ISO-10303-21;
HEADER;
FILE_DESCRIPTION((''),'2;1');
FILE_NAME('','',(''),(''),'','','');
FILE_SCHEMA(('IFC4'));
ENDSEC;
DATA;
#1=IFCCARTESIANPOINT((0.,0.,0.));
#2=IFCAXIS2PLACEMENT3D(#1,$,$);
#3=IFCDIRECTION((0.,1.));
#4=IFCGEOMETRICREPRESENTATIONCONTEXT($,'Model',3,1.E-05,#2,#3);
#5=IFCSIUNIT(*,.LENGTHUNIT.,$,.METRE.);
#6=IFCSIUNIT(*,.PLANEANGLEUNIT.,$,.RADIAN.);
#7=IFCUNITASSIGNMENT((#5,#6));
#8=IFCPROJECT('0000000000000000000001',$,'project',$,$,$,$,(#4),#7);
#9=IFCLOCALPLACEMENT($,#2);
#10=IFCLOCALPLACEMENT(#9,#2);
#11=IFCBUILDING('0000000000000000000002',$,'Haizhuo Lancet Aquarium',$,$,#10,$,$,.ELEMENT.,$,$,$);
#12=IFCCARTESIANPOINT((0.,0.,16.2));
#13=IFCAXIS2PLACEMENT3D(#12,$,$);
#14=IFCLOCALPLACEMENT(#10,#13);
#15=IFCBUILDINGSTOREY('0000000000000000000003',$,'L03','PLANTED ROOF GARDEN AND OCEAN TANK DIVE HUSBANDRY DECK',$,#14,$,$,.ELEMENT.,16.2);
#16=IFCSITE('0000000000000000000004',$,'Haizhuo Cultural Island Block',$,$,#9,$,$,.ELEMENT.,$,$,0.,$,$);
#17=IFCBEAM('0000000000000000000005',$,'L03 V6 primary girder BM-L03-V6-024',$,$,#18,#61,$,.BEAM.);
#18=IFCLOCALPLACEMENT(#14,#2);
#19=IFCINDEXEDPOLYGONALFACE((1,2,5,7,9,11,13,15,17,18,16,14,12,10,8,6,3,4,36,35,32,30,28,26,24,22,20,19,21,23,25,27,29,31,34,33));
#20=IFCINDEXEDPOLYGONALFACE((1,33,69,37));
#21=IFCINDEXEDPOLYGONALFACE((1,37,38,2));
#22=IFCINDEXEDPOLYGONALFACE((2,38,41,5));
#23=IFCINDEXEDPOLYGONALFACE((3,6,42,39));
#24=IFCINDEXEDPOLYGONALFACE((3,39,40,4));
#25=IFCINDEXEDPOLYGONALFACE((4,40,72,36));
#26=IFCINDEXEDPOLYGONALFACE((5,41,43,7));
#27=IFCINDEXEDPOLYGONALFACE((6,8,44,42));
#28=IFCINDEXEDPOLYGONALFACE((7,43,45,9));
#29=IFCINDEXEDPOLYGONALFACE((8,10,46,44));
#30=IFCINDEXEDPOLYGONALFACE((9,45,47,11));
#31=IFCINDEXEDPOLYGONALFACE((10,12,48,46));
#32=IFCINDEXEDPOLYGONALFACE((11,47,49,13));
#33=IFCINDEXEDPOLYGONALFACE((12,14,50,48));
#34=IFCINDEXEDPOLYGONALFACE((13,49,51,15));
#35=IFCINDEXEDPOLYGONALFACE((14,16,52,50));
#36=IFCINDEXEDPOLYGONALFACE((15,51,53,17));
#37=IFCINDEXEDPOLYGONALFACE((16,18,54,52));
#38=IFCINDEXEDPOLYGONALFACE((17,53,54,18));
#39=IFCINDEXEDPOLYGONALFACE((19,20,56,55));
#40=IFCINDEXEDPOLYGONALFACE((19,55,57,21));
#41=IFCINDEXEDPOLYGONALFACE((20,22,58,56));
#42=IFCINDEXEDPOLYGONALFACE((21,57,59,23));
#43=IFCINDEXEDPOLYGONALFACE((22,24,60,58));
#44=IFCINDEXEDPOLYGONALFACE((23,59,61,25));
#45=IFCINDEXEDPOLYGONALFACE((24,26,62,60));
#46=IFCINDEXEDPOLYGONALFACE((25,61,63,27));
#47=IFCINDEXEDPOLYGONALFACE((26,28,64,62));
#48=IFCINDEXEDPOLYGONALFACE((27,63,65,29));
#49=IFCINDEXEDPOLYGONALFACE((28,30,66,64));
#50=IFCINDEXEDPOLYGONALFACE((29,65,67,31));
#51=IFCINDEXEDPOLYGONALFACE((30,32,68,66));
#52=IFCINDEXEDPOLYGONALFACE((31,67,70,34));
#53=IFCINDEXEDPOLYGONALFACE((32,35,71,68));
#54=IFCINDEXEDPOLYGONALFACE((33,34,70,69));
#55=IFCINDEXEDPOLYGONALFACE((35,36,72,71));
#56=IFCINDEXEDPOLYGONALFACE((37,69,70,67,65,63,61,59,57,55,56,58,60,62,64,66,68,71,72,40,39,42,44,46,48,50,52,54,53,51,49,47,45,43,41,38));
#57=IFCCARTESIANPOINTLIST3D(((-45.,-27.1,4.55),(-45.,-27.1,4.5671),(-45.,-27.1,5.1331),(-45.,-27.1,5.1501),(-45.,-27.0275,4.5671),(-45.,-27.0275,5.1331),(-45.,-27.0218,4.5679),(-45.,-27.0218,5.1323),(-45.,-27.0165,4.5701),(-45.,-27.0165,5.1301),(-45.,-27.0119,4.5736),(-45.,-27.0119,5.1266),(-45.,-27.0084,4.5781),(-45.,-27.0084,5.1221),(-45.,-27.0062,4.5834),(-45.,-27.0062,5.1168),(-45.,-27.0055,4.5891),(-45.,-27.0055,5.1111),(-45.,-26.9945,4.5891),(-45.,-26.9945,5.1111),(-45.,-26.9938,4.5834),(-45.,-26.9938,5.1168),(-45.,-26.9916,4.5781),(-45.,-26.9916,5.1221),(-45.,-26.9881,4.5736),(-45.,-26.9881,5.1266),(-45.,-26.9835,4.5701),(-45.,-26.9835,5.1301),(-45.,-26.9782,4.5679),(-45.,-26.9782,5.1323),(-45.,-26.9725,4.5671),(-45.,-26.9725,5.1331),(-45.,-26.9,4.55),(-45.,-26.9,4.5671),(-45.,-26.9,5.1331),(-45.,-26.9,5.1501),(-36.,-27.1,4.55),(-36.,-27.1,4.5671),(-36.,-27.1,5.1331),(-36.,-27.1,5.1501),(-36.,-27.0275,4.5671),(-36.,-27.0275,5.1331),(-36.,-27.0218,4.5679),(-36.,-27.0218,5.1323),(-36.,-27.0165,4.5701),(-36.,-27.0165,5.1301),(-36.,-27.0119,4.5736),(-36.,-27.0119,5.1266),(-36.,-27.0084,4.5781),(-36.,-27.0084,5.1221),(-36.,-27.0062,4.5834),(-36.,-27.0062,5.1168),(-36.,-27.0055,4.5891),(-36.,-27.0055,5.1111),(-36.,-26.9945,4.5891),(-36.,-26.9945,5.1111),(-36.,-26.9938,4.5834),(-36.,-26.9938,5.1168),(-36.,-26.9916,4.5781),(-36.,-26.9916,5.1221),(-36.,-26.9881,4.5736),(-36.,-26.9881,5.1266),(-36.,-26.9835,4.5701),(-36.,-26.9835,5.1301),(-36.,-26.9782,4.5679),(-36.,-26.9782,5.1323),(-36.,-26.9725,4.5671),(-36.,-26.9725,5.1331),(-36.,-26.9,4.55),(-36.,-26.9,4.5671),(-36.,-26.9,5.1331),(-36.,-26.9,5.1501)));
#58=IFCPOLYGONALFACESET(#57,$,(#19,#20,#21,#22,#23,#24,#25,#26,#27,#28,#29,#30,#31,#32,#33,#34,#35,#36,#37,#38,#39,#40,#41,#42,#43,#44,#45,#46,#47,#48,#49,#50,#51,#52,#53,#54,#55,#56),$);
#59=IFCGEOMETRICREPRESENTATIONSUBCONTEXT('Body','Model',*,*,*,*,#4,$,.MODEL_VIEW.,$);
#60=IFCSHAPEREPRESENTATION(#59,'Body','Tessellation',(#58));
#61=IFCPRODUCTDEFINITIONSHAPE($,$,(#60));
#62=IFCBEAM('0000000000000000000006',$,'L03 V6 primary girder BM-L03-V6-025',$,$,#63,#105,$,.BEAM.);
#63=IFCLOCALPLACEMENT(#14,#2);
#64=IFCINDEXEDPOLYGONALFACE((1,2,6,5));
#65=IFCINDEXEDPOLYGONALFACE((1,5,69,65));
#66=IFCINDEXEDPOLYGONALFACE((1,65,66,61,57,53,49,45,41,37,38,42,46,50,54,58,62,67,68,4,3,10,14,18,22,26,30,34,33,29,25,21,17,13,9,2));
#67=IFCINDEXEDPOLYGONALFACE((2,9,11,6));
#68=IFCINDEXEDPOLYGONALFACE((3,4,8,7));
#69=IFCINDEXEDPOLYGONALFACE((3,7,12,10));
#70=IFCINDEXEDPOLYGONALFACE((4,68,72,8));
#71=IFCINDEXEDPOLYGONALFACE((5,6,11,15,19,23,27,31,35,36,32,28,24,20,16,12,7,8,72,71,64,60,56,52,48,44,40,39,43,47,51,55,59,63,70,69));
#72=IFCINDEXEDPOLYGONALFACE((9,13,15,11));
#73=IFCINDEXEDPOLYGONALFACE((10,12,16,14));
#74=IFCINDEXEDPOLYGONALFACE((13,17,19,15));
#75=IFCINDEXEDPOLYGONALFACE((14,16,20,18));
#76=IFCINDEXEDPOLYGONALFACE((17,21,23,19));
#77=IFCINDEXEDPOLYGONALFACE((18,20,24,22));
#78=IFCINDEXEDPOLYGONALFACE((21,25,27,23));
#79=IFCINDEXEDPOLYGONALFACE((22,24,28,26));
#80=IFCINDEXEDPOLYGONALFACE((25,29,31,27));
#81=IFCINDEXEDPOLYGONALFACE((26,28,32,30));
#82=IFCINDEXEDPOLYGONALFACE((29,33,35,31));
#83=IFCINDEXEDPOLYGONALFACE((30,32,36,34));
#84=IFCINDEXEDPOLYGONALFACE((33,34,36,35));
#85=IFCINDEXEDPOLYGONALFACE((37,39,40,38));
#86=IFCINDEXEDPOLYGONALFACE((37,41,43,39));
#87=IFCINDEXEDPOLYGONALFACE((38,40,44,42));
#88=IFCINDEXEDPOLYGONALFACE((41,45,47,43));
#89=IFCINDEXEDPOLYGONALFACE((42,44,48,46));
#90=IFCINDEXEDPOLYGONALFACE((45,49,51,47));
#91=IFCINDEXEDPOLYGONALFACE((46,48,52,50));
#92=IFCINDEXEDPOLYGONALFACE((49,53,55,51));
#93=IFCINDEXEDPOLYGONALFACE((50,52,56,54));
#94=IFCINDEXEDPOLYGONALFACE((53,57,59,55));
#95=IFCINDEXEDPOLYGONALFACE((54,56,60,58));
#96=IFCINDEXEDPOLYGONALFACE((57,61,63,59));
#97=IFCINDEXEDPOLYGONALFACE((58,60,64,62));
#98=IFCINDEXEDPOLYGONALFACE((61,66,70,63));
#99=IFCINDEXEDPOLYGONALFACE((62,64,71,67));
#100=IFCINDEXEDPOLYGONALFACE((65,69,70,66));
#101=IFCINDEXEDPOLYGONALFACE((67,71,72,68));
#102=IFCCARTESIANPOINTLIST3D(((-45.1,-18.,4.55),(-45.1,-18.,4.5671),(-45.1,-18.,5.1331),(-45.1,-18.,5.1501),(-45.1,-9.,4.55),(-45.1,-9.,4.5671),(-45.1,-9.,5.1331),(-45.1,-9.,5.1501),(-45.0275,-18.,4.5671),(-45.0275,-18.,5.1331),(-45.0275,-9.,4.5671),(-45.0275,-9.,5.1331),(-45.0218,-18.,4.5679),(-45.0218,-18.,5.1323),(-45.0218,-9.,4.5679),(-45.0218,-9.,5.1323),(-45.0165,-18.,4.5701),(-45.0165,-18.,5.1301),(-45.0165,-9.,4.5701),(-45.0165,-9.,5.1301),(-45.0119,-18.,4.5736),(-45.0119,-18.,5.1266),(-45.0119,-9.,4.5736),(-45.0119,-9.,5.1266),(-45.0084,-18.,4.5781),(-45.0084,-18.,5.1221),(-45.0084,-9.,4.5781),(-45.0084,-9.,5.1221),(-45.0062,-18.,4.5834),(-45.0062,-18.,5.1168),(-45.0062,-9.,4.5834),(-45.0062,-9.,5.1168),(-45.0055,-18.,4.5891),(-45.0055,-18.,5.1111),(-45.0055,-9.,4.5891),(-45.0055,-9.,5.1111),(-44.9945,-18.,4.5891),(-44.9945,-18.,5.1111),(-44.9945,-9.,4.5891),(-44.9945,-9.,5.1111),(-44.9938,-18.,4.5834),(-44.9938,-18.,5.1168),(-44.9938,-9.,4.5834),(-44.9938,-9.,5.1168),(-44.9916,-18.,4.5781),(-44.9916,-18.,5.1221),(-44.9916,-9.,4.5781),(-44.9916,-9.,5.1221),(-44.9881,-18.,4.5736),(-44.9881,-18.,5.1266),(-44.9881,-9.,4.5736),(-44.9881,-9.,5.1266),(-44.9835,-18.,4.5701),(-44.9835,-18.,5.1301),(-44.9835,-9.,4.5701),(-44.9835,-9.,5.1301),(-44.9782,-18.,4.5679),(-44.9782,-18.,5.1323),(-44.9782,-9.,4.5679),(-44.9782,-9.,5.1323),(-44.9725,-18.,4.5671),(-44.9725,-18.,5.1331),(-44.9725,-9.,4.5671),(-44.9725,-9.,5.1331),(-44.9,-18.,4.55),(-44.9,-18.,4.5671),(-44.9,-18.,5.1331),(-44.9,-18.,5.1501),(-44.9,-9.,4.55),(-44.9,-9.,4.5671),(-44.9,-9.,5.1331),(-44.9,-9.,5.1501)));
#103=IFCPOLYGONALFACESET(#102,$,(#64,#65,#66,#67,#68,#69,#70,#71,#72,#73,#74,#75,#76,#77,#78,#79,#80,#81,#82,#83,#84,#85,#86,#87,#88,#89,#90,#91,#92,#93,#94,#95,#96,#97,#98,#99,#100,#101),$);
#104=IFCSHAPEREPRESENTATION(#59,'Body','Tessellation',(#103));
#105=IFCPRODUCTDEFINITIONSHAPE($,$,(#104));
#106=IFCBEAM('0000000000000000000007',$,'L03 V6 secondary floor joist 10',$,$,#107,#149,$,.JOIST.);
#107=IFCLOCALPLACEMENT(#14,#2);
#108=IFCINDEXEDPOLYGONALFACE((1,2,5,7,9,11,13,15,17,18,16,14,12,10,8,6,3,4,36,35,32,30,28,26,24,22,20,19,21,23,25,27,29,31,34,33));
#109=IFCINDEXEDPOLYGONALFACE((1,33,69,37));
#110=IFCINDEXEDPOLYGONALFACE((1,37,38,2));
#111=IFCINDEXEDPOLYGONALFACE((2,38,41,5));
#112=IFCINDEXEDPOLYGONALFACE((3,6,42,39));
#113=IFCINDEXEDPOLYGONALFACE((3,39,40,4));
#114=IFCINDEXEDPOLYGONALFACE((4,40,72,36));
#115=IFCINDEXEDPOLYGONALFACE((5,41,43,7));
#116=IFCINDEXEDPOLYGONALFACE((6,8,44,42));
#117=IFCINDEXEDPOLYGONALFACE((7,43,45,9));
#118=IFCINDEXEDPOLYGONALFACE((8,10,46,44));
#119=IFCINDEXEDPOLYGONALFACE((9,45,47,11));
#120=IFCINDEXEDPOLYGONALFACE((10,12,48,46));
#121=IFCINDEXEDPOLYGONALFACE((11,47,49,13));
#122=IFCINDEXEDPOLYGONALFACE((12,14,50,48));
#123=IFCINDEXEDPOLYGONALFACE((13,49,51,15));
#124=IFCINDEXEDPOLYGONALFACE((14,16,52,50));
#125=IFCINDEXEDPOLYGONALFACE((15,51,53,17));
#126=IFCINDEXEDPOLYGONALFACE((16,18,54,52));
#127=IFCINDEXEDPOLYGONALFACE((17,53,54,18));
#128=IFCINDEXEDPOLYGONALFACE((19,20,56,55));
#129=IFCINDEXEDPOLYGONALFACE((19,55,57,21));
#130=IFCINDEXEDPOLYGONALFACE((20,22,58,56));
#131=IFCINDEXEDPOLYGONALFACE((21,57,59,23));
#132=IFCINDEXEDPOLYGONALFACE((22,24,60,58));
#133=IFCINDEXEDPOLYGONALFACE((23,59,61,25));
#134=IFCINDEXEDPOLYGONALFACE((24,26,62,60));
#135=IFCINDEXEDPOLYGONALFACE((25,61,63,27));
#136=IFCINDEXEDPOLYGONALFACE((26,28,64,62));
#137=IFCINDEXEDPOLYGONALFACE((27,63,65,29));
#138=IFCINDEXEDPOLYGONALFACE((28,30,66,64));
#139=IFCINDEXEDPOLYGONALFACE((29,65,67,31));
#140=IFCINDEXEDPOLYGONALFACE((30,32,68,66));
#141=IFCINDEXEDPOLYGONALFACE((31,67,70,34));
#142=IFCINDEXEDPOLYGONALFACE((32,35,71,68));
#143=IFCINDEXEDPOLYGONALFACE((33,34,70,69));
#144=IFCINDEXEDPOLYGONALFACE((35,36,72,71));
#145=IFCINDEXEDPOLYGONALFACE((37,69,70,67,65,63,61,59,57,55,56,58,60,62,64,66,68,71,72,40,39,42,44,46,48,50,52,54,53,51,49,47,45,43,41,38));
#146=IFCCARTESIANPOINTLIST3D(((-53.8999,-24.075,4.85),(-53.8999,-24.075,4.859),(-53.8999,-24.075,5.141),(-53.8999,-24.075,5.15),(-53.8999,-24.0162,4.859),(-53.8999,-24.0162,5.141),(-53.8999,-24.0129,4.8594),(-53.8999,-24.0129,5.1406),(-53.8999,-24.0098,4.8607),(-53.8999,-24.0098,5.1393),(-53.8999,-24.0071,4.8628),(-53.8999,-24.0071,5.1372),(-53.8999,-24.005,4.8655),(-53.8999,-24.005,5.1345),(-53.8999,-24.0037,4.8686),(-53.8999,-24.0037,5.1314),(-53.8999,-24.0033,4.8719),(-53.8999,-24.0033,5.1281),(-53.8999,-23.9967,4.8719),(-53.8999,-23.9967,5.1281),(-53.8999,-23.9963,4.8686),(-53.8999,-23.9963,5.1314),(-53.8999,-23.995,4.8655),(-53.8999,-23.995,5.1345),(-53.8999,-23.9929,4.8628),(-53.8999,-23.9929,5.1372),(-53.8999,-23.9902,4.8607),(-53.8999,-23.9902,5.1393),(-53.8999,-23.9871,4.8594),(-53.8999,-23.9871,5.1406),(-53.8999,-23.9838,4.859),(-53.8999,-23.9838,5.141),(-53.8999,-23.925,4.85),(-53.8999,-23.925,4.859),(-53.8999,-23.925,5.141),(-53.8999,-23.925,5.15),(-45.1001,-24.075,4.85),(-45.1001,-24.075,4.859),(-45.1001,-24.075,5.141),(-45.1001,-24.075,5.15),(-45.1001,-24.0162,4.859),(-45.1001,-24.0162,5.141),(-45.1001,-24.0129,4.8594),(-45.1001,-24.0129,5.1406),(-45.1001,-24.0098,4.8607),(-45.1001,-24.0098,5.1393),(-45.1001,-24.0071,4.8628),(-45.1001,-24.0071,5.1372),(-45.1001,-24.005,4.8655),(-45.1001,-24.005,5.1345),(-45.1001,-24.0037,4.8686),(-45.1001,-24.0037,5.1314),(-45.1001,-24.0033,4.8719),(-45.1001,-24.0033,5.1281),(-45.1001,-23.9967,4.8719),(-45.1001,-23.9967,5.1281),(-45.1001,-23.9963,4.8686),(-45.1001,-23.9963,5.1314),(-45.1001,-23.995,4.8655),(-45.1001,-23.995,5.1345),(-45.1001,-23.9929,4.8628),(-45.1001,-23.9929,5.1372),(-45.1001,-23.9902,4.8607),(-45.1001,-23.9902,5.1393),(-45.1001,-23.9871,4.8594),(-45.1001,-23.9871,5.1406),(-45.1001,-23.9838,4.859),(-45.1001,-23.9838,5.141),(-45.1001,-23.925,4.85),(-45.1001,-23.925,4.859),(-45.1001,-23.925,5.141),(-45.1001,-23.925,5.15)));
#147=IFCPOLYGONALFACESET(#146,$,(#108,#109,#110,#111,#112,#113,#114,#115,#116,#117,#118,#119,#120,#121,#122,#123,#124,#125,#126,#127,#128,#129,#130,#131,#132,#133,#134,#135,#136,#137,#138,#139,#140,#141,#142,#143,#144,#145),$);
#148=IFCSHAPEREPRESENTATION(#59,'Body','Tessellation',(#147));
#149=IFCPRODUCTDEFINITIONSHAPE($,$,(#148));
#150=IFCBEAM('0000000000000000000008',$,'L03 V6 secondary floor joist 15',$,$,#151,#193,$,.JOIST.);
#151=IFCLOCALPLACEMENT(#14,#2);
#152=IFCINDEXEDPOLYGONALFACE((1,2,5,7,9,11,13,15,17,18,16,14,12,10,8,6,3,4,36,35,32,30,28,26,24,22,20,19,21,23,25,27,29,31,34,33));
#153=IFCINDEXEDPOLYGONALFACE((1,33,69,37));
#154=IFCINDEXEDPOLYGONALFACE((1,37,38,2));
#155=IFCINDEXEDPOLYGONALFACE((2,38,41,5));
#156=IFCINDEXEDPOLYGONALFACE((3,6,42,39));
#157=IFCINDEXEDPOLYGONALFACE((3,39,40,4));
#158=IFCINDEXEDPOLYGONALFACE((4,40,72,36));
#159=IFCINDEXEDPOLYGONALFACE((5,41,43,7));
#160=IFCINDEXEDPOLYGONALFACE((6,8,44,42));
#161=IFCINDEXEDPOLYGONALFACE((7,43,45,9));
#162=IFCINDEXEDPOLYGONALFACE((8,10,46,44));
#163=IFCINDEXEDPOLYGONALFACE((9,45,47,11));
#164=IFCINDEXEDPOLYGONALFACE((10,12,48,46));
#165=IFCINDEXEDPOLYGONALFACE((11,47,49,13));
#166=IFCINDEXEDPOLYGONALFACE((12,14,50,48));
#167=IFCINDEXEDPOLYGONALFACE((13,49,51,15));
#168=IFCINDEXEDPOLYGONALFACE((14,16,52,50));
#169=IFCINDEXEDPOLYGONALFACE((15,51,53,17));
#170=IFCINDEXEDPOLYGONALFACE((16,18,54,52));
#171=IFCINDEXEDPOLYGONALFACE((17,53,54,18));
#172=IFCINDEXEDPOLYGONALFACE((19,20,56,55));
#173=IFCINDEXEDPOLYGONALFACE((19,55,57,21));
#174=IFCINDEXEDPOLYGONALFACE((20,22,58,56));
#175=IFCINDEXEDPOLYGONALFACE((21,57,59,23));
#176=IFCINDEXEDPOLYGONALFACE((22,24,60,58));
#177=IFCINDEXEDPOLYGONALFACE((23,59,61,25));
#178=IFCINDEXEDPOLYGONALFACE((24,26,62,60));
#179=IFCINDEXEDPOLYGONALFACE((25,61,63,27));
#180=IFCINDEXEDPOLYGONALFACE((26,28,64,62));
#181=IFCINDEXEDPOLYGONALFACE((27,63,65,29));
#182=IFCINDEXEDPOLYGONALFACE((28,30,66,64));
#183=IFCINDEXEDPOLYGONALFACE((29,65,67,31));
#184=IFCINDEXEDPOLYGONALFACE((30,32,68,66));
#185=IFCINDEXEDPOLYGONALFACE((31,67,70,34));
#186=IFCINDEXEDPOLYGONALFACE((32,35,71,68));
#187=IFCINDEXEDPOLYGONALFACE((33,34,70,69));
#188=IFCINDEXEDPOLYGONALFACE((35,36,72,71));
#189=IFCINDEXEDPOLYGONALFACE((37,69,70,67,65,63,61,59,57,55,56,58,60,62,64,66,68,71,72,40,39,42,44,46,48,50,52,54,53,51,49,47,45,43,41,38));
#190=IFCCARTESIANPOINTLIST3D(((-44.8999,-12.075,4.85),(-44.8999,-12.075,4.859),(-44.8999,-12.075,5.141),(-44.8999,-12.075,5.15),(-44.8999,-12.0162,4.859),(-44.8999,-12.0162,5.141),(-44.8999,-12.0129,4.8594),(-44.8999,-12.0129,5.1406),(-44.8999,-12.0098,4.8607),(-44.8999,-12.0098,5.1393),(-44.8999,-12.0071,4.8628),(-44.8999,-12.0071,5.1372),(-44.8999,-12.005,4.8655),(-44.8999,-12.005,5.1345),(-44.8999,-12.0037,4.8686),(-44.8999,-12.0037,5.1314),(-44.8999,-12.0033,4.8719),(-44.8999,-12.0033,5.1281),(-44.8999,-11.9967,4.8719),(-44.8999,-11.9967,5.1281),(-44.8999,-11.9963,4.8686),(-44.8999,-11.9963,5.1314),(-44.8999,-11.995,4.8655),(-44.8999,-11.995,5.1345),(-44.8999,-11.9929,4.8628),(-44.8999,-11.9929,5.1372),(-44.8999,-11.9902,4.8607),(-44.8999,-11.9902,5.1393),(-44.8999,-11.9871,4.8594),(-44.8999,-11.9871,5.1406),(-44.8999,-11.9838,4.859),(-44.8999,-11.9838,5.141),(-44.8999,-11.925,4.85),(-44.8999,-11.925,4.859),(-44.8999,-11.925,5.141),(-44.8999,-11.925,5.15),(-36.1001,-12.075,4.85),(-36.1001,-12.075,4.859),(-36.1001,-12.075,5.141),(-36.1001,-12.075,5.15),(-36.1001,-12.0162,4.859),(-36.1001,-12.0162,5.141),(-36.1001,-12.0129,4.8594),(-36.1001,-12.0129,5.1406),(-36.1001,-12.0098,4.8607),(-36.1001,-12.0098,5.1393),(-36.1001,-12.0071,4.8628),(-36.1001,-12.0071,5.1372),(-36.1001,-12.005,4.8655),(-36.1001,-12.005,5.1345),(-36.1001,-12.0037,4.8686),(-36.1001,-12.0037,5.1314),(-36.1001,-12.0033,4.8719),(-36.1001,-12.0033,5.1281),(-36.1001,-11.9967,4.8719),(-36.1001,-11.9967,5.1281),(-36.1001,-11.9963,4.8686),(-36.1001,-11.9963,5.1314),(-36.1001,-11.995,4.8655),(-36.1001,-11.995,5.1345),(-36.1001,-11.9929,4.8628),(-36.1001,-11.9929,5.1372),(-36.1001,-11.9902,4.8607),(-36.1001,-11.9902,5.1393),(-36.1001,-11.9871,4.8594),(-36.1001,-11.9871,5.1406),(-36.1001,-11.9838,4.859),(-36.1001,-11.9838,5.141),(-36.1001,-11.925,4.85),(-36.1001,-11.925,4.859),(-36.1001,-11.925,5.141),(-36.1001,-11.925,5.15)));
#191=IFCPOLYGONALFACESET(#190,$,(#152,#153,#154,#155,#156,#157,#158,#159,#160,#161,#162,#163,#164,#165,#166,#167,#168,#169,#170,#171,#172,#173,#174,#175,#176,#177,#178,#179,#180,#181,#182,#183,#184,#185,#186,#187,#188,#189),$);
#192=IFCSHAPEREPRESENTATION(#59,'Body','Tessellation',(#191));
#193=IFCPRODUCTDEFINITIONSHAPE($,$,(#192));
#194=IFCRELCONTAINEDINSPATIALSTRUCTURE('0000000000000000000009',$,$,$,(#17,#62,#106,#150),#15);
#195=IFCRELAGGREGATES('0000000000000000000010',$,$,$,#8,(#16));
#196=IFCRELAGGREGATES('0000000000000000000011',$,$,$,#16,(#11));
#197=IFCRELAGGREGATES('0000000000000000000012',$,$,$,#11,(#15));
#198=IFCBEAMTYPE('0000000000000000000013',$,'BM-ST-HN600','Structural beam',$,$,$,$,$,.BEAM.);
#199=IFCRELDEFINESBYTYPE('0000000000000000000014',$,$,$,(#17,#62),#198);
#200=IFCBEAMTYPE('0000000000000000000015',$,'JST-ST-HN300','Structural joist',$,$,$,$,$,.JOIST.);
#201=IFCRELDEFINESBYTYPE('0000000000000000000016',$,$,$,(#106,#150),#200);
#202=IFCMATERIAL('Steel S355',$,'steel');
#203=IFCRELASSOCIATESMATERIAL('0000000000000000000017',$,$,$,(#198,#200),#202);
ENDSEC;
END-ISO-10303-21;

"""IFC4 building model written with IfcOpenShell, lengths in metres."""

from ifc_helpers import new_model, si_unit, direction, frame, origin, origin_2d, place, context, subcontext, project, spatial, i_section, extrude, material, material_profile, profile_set, type_object, element, save


model = new_model("IFC4")

# Units and contexts
model_context = context("Model", 3, precision=1e-05, world=origin(), true_north=direction((0.0, 1.0)))
body_context = subcontext(model_context, "Body", "Model", "MODEL_VIEW")
ifc_project = project(units=[si_unit("LENGTHUNIT", "METRE"), si_unit("PLANEANGLEUNIT", "RADIAN")], contexts=[model_context])

# Site, building, storey
site_placement = place(None, origin())
site = spatial("IfcSite", under=ifc_project, at=site_placement, Name="Haizhuo Cultural Island Block", CompositionType="ELEMENT", RefElevation=0.0)
building_placement = place(site_placement, origin())
building = spatial("IfcBuilding", under=site, at=building_placement, Name="Haizhuo Lancet Aquarium", CompositionType="ELEMENT")
storey_placement = place(building_placement, frame((0.0, 0.0, 16.2)))
storey = spatial("IfcBuildingStorey", under=building, at=storey_placement, Name="L03", Description="PLANTED ROOF GARDEN AND OCEAN TANK DIVE HUSBANDRY DECK", CompositionType="ELEMENT", Elevation=16.2)

# Beams
ifc_material_1 = material(Name="Steel S355", Category="steel")
ifc_material_profile_1 = material_profile(ifc_material_1, i_section(OverallWidth=0.2, OverallDepth=0.6001, WebThickness=0.011, FlangeThickness=0.0171, FilletRadius=0.022, at=origin_2d()), Name="HN 600x200x11x17")
ifc_profile_set_1 = profile_set([ifc_material_profile_1], Name="Steel S355")
beam_type_1 = type_object("IfcBeamType", Name="BM-ST-HN600", Description="Structural beam", PredefinedType="BEAM", material=ifc_profile_set_1)
for number, where, z_axis, x_axis, name in (
    (1, (-45.0, -27.0, 4.8501), (1.0, 0.0, 0.0), (0.0, 1.0, 0.0), "L03 V6 primary girder BM-L03-V6-024"),
    (2, (-45.0, -18.0, 4.8501), (0.0, 1.0, 0.0), (-1.0, 0.0, 0.0), "L03 V6 primary girder BM-L03-V6-025"),
):
    element("IfcBeam", number, at=place(storey_placement, frame(where, z_axis=z_axis, x_axis=x_axis)), inside=storey, type_object=beam_type_1, Name=name, PredefinedType="BEAM", context=body_context, shape_type="SweptSolid", body=[
        extrude(i_section(OverallWidth=0.2, OverallDepth=0.6001, WebThickness=0.011, FlangeThickness=0.0171, FilletRadius=0.022, at=origin_2d()), origin(), (0.0, 0.0, 1.0), 9.0),
    ])
ifc_material_profile_2 = material_profile(ifc_material_1, i_section(OverallWidth=0.1499, OverallDepth=0.3, WebThickness=0.0066, FlangeThickness=0.009, FilletRadius=0.0129, at=origin_2d()), Name="HN 300x150x6.5x9")
ifc_profile_set_2 = profile_set([ifc_material_profile_2], Name="Steel S355")
beam_type_2 = type_object("IfcBeamType", Name="JST-ST-HN300", Description="Structural joist", PredefinedType="JOIST", material=ifc_profile_set_2)
for number, where, z_axis, x_axis, name in (
    (3, (-53.8999, -24.0, 5.0), (1.0, 0.0, 0.0), (0.0, 1.0, 0.0), "L03 V6 secondary floor joist 10"),
    (4, (-44.8999, -12.0, 5.0), (1.0, 0.0, 0.0), (0.0, 1.0, 0.0), "L03 V6 secondary floor joist 15"),
):
    element("IfcBeam", number, at=place(storey_placement, frame(where, z_axis=z_axis, x_axis=x_axis)), inside=storey, type_object=beam_type_2, Name=name, PredefinedType="JOIST", context=body_context, shape_type="SweptSolid", body=[
        extrude(i_section(OverallWidth=0.1499, OverallDepth=0.3, WebThickness=0.0066, FlangeThickness=0.009, FilletRadius=0.0129, at=origin_2d()), origin(), (0.0, 0.0, 1.0), 8.7998),
    ])

save(model, "model.ifc")
